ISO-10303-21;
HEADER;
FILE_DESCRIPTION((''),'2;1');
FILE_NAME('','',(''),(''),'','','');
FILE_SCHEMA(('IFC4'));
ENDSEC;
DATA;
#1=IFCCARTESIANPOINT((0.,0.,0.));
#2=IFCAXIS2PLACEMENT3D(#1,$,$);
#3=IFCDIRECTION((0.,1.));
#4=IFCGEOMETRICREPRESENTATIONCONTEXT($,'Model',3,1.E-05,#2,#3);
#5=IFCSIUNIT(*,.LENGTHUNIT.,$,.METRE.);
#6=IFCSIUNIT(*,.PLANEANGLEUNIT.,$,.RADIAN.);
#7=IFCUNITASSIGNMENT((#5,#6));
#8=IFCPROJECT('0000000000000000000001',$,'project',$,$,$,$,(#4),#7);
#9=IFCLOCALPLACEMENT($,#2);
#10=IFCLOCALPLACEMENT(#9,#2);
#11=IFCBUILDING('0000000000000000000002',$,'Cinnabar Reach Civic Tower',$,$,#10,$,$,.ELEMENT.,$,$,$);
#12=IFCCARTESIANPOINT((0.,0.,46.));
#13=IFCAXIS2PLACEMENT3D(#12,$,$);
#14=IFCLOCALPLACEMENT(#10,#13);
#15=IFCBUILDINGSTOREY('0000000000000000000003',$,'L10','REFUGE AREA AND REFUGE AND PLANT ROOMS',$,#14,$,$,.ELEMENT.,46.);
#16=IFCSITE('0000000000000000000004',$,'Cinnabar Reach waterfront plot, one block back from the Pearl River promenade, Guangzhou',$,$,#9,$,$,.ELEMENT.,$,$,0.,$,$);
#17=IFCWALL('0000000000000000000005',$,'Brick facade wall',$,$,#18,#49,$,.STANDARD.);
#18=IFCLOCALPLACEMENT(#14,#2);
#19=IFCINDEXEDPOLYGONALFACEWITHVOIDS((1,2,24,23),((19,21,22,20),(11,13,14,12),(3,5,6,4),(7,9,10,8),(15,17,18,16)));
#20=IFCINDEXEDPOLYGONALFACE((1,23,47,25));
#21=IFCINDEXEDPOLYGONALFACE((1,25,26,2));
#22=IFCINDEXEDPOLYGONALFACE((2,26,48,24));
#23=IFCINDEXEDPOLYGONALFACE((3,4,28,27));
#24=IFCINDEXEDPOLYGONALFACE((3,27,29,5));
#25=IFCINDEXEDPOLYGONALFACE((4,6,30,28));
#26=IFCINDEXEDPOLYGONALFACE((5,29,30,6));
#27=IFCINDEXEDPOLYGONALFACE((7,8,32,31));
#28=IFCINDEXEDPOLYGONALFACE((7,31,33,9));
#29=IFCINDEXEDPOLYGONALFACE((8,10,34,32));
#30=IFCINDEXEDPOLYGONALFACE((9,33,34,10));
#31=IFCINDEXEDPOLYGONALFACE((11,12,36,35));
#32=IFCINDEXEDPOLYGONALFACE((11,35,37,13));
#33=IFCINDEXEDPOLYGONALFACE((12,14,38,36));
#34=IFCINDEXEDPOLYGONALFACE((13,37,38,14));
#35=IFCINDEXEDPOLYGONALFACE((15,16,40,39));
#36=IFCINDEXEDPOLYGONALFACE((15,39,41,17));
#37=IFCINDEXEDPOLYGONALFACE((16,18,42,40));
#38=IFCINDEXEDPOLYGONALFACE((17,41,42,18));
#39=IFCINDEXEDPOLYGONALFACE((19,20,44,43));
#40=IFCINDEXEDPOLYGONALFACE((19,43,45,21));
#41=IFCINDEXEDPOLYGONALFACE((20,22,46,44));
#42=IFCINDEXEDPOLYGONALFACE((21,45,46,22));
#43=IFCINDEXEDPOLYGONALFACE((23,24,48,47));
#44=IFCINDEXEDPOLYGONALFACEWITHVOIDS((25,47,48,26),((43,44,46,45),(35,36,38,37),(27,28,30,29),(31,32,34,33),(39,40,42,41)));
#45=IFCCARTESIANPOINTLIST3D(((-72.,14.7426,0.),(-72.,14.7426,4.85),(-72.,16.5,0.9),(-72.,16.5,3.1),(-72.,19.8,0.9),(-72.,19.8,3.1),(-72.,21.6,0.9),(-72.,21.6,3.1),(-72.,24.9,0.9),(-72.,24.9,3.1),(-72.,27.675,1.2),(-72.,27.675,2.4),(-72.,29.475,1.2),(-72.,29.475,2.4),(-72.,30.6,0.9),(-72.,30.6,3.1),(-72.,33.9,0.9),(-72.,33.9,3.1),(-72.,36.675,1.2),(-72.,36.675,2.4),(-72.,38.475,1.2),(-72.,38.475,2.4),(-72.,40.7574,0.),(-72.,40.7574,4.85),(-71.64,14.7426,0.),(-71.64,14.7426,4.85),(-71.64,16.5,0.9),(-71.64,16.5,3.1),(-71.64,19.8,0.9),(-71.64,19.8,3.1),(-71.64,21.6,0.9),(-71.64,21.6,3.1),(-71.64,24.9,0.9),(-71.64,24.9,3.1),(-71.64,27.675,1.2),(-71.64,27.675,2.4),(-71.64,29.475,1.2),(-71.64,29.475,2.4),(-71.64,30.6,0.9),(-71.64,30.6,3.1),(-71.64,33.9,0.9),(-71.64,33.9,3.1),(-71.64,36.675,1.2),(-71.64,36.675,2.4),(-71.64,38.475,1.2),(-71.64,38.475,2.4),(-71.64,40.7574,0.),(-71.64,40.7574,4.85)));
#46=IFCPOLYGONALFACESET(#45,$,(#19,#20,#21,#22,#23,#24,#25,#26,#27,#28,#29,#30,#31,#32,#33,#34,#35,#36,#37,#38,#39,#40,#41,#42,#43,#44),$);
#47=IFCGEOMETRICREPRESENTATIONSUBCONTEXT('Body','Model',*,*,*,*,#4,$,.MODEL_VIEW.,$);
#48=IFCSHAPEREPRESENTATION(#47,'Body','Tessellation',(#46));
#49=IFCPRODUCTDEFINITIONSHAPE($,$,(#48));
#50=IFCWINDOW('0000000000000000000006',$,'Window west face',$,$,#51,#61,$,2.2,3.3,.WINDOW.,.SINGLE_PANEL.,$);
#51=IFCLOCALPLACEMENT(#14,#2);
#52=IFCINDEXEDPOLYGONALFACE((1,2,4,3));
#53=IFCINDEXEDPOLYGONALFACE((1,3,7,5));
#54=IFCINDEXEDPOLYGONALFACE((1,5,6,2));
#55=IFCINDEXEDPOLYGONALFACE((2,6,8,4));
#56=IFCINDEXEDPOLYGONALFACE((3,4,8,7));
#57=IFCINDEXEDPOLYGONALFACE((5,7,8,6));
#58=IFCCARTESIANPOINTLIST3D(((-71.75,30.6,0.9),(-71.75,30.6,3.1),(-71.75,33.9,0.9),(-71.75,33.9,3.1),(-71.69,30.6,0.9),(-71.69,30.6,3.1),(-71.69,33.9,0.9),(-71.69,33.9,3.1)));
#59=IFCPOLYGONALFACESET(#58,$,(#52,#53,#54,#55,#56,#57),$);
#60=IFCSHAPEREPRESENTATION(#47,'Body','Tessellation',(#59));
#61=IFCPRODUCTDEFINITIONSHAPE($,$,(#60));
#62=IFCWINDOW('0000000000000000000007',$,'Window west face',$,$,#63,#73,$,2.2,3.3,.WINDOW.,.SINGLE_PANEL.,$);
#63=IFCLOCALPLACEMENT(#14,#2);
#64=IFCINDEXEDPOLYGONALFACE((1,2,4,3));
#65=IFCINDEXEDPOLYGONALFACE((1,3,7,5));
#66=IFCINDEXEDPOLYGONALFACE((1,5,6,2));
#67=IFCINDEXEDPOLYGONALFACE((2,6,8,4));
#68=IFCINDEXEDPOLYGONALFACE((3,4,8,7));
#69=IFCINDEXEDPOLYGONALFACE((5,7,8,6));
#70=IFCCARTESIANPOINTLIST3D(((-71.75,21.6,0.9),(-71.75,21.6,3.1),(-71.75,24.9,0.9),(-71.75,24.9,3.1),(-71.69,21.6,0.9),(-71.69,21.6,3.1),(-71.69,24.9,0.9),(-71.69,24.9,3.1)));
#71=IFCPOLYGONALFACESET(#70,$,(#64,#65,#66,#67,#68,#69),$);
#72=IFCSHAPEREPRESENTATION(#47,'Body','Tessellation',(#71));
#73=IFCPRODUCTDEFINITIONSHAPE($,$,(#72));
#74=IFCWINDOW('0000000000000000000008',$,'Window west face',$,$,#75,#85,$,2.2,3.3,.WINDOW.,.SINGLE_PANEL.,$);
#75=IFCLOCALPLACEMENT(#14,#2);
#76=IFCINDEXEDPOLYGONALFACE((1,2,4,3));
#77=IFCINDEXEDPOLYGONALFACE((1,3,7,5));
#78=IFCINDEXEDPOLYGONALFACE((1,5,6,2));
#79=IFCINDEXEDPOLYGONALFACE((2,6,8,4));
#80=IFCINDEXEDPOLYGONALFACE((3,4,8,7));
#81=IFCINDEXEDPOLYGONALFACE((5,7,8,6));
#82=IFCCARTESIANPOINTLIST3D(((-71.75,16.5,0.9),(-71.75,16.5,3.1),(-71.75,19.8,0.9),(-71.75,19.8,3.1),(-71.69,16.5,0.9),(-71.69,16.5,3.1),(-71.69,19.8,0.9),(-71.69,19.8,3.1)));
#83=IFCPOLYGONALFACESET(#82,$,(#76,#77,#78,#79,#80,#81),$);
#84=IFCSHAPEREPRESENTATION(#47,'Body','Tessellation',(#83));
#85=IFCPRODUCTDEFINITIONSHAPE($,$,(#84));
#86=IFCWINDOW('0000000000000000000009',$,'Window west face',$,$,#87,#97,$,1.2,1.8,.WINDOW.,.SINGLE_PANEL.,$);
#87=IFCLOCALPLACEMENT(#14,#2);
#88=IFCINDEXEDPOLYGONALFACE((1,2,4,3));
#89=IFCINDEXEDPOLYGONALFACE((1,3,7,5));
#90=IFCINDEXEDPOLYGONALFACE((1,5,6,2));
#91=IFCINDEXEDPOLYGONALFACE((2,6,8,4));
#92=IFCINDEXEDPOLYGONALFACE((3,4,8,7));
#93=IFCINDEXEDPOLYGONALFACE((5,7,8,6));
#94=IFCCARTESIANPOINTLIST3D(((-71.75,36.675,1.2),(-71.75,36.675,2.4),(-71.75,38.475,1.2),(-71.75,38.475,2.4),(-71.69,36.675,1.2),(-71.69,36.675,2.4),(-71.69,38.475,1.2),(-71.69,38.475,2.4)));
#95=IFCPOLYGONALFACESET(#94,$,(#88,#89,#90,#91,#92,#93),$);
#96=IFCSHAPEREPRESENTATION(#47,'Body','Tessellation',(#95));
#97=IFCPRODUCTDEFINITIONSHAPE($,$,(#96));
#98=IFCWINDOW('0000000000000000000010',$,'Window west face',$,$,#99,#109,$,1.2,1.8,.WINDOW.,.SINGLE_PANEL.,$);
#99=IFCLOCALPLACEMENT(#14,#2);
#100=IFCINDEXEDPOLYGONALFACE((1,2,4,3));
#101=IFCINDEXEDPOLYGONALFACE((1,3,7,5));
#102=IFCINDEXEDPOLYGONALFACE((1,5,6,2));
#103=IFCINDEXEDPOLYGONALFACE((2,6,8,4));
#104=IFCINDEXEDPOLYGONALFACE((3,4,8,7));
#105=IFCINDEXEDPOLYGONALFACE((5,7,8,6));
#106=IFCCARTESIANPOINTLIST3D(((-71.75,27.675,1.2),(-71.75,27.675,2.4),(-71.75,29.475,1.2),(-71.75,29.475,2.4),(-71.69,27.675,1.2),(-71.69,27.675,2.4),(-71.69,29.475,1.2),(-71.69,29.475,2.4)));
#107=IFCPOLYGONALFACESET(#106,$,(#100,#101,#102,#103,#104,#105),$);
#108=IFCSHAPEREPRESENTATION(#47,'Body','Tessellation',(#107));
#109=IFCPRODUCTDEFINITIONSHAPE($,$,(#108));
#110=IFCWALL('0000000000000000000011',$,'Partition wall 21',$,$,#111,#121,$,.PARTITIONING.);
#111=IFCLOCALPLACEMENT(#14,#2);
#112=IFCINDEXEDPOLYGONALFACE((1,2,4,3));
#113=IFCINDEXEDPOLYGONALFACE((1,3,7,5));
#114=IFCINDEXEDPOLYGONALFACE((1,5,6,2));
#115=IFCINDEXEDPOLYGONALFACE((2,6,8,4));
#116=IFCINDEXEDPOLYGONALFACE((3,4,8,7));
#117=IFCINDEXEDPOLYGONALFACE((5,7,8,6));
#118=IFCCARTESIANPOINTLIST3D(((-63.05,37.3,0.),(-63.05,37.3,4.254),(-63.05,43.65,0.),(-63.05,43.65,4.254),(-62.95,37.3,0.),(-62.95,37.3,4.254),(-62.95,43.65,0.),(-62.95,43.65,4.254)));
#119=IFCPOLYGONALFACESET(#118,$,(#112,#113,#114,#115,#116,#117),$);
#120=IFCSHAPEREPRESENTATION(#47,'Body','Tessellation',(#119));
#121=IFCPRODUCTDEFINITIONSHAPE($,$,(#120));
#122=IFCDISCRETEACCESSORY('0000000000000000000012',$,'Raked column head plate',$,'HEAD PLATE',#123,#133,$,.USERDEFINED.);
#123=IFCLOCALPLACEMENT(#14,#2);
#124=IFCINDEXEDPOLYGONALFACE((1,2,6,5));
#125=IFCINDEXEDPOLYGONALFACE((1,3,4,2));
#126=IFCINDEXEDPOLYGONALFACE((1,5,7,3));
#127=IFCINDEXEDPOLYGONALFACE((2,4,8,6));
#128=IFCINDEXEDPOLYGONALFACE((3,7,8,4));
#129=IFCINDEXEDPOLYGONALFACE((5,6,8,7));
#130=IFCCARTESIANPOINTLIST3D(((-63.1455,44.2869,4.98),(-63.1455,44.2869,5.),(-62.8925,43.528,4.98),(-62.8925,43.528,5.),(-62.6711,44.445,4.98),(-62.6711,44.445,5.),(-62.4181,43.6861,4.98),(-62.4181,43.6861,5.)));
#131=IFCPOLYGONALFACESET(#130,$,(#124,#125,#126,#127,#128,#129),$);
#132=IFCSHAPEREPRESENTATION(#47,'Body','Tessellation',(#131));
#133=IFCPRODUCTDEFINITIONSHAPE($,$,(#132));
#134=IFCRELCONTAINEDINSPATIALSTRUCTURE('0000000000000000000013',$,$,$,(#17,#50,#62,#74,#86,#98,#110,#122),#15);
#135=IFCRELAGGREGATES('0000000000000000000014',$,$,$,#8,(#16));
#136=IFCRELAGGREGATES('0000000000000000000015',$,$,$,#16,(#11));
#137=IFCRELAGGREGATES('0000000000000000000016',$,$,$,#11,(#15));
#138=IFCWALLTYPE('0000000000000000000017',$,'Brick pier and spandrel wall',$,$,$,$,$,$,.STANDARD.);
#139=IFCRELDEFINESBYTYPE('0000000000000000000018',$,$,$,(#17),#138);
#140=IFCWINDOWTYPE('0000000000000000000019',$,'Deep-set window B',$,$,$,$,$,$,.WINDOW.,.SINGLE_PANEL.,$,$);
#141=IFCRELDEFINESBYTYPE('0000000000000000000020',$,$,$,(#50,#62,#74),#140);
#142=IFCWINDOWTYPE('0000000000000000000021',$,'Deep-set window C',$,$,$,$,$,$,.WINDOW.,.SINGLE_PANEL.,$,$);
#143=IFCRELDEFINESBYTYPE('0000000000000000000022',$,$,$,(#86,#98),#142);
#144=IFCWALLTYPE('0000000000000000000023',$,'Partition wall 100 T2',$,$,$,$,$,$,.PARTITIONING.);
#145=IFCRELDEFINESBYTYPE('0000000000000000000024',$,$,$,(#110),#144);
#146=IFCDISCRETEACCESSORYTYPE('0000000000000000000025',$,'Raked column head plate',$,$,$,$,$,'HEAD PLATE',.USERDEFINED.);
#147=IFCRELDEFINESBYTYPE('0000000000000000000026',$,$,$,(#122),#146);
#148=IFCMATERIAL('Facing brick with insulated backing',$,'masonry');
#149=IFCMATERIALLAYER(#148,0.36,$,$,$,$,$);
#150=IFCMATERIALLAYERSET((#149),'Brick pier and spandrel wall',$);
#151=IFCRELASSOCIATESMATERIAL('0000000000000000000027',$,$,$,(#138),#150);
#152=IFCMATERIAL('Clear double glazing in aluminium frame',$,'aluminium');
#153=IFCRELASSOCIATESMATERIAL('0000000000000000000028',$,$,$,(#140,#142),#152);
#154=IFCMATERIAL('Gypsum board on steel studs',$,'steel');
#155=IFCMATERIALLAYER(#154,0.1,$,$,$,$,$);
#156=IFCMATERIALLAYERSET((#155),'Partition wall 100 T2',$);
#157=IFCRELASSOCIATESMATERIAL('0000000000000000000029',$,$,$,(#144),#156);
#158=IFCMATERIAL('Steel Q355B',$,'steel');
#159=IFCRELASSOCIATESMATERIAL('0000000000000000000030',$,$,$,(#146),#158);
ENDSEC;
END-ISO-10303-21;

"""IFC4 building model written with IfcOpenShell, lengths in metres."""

from ifc_helpers import new_model, si_unit, direction, frame, frame_2d, origin, origin_2d, place, context, subcontext, project, spatial, rectangle, extrude, material, layer, layer_set, type_object, element, fill, save


model = new_model("IFC4")

# Units and contexts
model_context = context("Model", 3, precision=1e-05, world=origin(), true_north=direction((0.0, 1.0)))
body_context = subcontext(model_context, "Body", "Model", "MODEL_VIEW")
ifc_project = project(units=[si_unit("LENGTHUNIT", "METRE"), si_unit("PLANEANGLEUNIT", "RADIAN")], contexts=[model_context])

# Site, building, storey
site_placement = place(None, origin())
site = spatial("IfcSite", under=ifc_project, at=site_placement, Name="Cinnabar Reach waterfront plot, one block back from the Pearl River promenade, Guangzhou", CompositionType="ELEMENT", RefElevation=0.0)
building_placement = place(site_placement, origin())
building = spatial("IfcBuilding", under=site, at=building_placement, Name="Cinnabar Reach Civic Tower", CompositionType="ELEMENT")
storey_placement = place(building_placement, frame((0.0, 0.0, 46.0)))
storey = spatial("IfcBuildingStorey", under=building, at=storey_placement, Name="L10", Description="REFUGE AREA AND REFUGE AND PLANT ROOMS", CompositionType="ELEMENT", Elevation=46.0)

# Shared definitions
ifc_material_1 = material(Name="Steel Q355B", Category="steel")

# Shared definitions
ifc_material_2 = material(Name="Facing brick with insulated backing", Category="masonry")
ifc_layer_1 = layer(ifc_material_2, 0.36)
ifc_layer_set_1 = layer_set([ifc_layer_1], Name="Brick pier and spandrel wall")
wall_type_1 = type_object("IfcWallType", Name="Brick pier and spandrel wall", PredefinedType="STANDARD", material=ifc_layer_set_1)

# Wall, openings, windows
wall_1_placement = place(storey_placement, frame((-71.82, 40.7574, 0.0), z_axis=(0.0, 0.0, 1.0), x_axis=(0.0, -1.0, 0.0)))
wall_1 = element("IfcWall", 1, at=wall_1_placement, inside=storey, type_object=wall_type_1, Name="Brick facade wall", PredefinedType="STANDARD", context=body_context, shape_type="SweptSolid", body=[
    extrude(rectangle(XDim=26.0148, YDim=0.36, at=frame_2d((13.0074, 0.0))), origin(), (0.0, 0.0, 1.0), 4.85),
])
opening_1_placement = place(wall_1_placement, frame((2.2824, 0.0, 1.2)))
opening_1 = element("IfcOpeningElement", 2, at=opening_1_placement, cuts=wall_1, PredefinedType="OPENING", context=body_context, shape_type="SweptSolid", body=[
    extrude(rectangle(XDim=1.8, YDim=1.2, at=frame_2d((0.9, 0.6))), frame((0.0, 0.19, 0.0), z_axis=(0.0, -1.0, 0.0), x_axis=(1.0, 0.0, 0.0)), (0.0, 0.0, 1.0), 0.38),
])
opening_2_placement = place(wall_1_placement, frame((6.8574, 0.0, 0.9)))
opening_2 = element("IfcOpeningElement", 3, at=opening_2_placement, cuts=wall_1, PredefinedType="OPENING", context=body_context, shape_type="SweptSolid", body=[
    extrude(rectangle(XDim=3.3, YDim=2.2, at=frame_2d((1.65, 1.1))), frame((0.0, 0.19, 0.0), z_axis=(0.0, -1.0, 0.0), x_axis=(1.0, 0.0, 0.0)), (0.0, 0.0, 1.0), 0.38),
])
opening_3_placement = place(wall_1_placement, frame((11.2824, 0.0, 1.2)))
opening_3 = element("IfcOpeningElement", 4, at=opening_3_placement, cuts=wall_1, PredefinedType="OPENING", context=body_context, shape_type="SweptSolid", body=[
    extrude(rectangle(XDim=1.8, YDim=1.2, at=frame_2d((0.9, 0.6))), frame((0.0, 0.19, 0.0), z_axis=(0.0, -1.0, 0.0), x_axis=(1.0, 0.0, 0.0)), (0.0, 0.0, 1.0), 0.38),
])
opening_4_placement = place(wall_1_placement, frame((15.8574, 0.0, 0.9)))
opening_4 = element("IfcOpeningElement", 5, at=opening_4_placement, cuts=wall_1, PredefinedType="OPENING", context=body_context, shape_type="SweptSolid", body=[
    extrude(rectangle(XDim=3.3, YDim=2.2, at=frame_2d((1.65, 1.1))), frame((0.0, 0.19, 0.0), z_axis=(0.0, -1.0, 0.0), x_axis=(1.0, 0.0, 0.0)), (0.0, 0.0, 1.0), 0.38),
])
opening_5_placement = place(wall_1_placement, frame((20.9574, 0.0, 0.9)))
opening_5 = element("IfcOpeningElement", 6, at=opening_5_placement, cuts=wall_1, PredefinedType="OPENING", context=body_context, shape_type="SweptSolid", body=[
    extrude(rectangle(XDim=3.3, YDim=2.2, at=frame_2d((1.65, 1.1))), frame((0.0, 0.19, 0.0), z_axis=(0.0, -1.0, 0.0), x_axis=(1.0, 0.0, 0.0)), (0.0, 0.0, 1.0), 0.38),
])
ifc_material_3 = material(Name="Clear double glazing in aluminium frame", Category="aluminium")
window_type_1 = type_object("IfcWindowType", Name="Deep-set window B", PartitioningType="SINGLE_PANEL", PredefinedType="WINDOW", material=ifc_material_3)
window_1_placement = place(opening_2_placement, origin())
window_1 = element("IfcWindow", 7, at=window_1_placement, inside=storey, type_object=window_type_1, Name="Window west face", OverallHeight=2.2, OverallWidth=3.3, PartitioningType="SINGLE_PANEL", PredefinedType="WINDOW", context=body_context, shape_type="SweptSolid", body=[
    extrude(rectangle(XDim=3.3, YDim=2.2, at=frame_2d((1.65, 1.1))), frame((0.0, 0.13, 0.0), z_axis=(0.0, -1.0, 0.0), x_axis=(1.0, 0.0, 0.0)), (0.0, 0.0, 1.0), 0.06),
])
fill(opening_2, window_1)
window_2_placement = place(opening_4_placement, origin())
window_2 = element("IfcWindow", 8, at=window_2_placement, inside=storey, type_object=window_type_1, Name="Window west face", OverallHeight=2.2, OverallWidth=3.3, PartitioningType="SINGLE_PANEL", PredefinedType="WINDOW", context=body_context, shape_type="SweptSolid", body=[
    extrude(rectangle(XDim=3.3, YDim=2.2, at=frame_2d((1.65, 1.1))), frame((0.0, 0.13, 0.0), z_axis=(0.0, -1.0, 0.0), x_axis=(1.0, 0.0, 0.0)), (0.0, 0.0, 1.0), 0.06),
])
fill(opening_4, window_2)
window_3_placement = place(opening_5_placement, origin())
window_3 = element("IfcWindow", 9, at=window_3_placement, inside=storey, type_object=window_type_1, Name="Window west face", OverallHeight=2.2, OverallWidth=3.3, PartitioningType="SINGLE_PANEL", PredefinedType="WINDOW", context=body_context, shape_type="SweptSolid", body=[
    extrude(rectangle(XDim=3.3, YDim=2.2, at=frame_2d((1.65, 1.1))), frame((0.0, 0.13, 0.0), z_axis=(0.0, -1.0, 0.0), x_axis=(1.0, 0.0, 0.0)), (0.0, 0.0, 1.0), 0.06),
])
fill(opening_5, window_3)
window_type_2 = type_object("IfcWindowType", Name="Deep-set window C", PartitioningType="SINGLE_PANEL", PredefinedType="WINDOW", material=ifc_material_3)
window_4_placement = place(opening_1_placement, origin())
window_4 = element("IfcWindow", 10, at=window_4_placement, inside=storey, type_object=window_type_2, Name="Window west face", OverallHeight=1.2, OverallWidth=1.8, PartitioningType="SINGLE_PANEL", PredefinedType="WINDOW", context=body_context, shape_type="SweptSolid", body=[
    extrude(rectangle(XDim=1.8, YDim=1.2, at=frame_2d((0.9, 0.6))), frame((0.0, 0.13, 0.0), z_axis=(0.0, -1.0, 0.0), x_axis=(1.0, 0.0, 0.0)), (0.0, 0.0, 1.0), 0.06),
])
fill(opening_1, window_4)
window_5_placement = place(opening_3_placement, origin())
window_5 = element("IfcWindow", 11, at=window_5_placement, inside=storey, type_object=window_type_2, Name="Window west face", OverallHeight=1.2, OverallWidth=1.8, PartitioningType="SINGLE_PANEL", PredefinedType="WINDOW", context=body_context, shape_type="SweptSolid", body=[
    extrude(rectangle(XDim=1.8, YDim=1.2, at=frame_2d((0.9, 0.6))), frame((0.0, 0.13, 0.0), z_axis=(0.0, -1.0, 0.0), x_axis=(1.0, 0.0, 0.0)), (0.0, 0.0, 1.0), 0.06),
])
fill(opening_3, window_5)

# Wall
ifc_material_4 = material(Name="Gypsum board on steel studs", Category="steel")
ifc_layer_2 = layer(ifc_material_4, 0.1)
ifc_layer_set_2 = layer_set([ifc_layer_2], Name="Partition wall 100 T2")
wall_type_2 = type_object("IfcWallType", Name="Partition wall 100 T2", PredefinedType="PARTITIONING", material=ifc_layer_set_2)
wall_2_placement = place(storey_placement, frame((-63.0, 37.3, 0.0), z_axis=(0.0, 0.0, 1.0), x_axis=(0.0, 1.0, 0.0)))
element("IfcWall", 12, at=wall_2_placement, inside=storey, type_object=wall_type_2, Name="Partition wall 21", PredefinedType="PARTITIONING", context=body_context, shape_type="SweptSolid", body=[
    extrude(rectangle(XDim=6.35, YDim=0.1, at=frame_2d((3.175, 0.0))), origin(), (0.0, 0.0, 1.0), 4.254),
])

# Discrete accessory
discrete_accessory_type = type_object("IfcDiscreteAccessoryType", Name="Raked column head plate", ElementType="HEAD PLATE", PredefinedType="USERDEFINED", material=ifc_material_1)
discrete_accessory_placement = place(storey_placement, frame((-62.7818, 43.9865, 4.98), z_axis=(0.0, 0.0, 1.0), x_axis=(0.948683, 0.316229, 0.0)))
element("IfcDiscreteAccessory", 13, at=discrete_accessory_placement, inside=storey, type_object=discrete_accessory_type, Name="Raked column head plate", ObjectType="HEAD PLATE", PredefinedType="USERDEFINED", context=body_context, shape_type="SweptSolid", body=[
    extrude(rectangle(XDim=0.5, YDim=0.8, at=origin_2d()), origin(), (0.0, 0.0, 1.0), 0.02),
])

save(model, "model.ifc")
